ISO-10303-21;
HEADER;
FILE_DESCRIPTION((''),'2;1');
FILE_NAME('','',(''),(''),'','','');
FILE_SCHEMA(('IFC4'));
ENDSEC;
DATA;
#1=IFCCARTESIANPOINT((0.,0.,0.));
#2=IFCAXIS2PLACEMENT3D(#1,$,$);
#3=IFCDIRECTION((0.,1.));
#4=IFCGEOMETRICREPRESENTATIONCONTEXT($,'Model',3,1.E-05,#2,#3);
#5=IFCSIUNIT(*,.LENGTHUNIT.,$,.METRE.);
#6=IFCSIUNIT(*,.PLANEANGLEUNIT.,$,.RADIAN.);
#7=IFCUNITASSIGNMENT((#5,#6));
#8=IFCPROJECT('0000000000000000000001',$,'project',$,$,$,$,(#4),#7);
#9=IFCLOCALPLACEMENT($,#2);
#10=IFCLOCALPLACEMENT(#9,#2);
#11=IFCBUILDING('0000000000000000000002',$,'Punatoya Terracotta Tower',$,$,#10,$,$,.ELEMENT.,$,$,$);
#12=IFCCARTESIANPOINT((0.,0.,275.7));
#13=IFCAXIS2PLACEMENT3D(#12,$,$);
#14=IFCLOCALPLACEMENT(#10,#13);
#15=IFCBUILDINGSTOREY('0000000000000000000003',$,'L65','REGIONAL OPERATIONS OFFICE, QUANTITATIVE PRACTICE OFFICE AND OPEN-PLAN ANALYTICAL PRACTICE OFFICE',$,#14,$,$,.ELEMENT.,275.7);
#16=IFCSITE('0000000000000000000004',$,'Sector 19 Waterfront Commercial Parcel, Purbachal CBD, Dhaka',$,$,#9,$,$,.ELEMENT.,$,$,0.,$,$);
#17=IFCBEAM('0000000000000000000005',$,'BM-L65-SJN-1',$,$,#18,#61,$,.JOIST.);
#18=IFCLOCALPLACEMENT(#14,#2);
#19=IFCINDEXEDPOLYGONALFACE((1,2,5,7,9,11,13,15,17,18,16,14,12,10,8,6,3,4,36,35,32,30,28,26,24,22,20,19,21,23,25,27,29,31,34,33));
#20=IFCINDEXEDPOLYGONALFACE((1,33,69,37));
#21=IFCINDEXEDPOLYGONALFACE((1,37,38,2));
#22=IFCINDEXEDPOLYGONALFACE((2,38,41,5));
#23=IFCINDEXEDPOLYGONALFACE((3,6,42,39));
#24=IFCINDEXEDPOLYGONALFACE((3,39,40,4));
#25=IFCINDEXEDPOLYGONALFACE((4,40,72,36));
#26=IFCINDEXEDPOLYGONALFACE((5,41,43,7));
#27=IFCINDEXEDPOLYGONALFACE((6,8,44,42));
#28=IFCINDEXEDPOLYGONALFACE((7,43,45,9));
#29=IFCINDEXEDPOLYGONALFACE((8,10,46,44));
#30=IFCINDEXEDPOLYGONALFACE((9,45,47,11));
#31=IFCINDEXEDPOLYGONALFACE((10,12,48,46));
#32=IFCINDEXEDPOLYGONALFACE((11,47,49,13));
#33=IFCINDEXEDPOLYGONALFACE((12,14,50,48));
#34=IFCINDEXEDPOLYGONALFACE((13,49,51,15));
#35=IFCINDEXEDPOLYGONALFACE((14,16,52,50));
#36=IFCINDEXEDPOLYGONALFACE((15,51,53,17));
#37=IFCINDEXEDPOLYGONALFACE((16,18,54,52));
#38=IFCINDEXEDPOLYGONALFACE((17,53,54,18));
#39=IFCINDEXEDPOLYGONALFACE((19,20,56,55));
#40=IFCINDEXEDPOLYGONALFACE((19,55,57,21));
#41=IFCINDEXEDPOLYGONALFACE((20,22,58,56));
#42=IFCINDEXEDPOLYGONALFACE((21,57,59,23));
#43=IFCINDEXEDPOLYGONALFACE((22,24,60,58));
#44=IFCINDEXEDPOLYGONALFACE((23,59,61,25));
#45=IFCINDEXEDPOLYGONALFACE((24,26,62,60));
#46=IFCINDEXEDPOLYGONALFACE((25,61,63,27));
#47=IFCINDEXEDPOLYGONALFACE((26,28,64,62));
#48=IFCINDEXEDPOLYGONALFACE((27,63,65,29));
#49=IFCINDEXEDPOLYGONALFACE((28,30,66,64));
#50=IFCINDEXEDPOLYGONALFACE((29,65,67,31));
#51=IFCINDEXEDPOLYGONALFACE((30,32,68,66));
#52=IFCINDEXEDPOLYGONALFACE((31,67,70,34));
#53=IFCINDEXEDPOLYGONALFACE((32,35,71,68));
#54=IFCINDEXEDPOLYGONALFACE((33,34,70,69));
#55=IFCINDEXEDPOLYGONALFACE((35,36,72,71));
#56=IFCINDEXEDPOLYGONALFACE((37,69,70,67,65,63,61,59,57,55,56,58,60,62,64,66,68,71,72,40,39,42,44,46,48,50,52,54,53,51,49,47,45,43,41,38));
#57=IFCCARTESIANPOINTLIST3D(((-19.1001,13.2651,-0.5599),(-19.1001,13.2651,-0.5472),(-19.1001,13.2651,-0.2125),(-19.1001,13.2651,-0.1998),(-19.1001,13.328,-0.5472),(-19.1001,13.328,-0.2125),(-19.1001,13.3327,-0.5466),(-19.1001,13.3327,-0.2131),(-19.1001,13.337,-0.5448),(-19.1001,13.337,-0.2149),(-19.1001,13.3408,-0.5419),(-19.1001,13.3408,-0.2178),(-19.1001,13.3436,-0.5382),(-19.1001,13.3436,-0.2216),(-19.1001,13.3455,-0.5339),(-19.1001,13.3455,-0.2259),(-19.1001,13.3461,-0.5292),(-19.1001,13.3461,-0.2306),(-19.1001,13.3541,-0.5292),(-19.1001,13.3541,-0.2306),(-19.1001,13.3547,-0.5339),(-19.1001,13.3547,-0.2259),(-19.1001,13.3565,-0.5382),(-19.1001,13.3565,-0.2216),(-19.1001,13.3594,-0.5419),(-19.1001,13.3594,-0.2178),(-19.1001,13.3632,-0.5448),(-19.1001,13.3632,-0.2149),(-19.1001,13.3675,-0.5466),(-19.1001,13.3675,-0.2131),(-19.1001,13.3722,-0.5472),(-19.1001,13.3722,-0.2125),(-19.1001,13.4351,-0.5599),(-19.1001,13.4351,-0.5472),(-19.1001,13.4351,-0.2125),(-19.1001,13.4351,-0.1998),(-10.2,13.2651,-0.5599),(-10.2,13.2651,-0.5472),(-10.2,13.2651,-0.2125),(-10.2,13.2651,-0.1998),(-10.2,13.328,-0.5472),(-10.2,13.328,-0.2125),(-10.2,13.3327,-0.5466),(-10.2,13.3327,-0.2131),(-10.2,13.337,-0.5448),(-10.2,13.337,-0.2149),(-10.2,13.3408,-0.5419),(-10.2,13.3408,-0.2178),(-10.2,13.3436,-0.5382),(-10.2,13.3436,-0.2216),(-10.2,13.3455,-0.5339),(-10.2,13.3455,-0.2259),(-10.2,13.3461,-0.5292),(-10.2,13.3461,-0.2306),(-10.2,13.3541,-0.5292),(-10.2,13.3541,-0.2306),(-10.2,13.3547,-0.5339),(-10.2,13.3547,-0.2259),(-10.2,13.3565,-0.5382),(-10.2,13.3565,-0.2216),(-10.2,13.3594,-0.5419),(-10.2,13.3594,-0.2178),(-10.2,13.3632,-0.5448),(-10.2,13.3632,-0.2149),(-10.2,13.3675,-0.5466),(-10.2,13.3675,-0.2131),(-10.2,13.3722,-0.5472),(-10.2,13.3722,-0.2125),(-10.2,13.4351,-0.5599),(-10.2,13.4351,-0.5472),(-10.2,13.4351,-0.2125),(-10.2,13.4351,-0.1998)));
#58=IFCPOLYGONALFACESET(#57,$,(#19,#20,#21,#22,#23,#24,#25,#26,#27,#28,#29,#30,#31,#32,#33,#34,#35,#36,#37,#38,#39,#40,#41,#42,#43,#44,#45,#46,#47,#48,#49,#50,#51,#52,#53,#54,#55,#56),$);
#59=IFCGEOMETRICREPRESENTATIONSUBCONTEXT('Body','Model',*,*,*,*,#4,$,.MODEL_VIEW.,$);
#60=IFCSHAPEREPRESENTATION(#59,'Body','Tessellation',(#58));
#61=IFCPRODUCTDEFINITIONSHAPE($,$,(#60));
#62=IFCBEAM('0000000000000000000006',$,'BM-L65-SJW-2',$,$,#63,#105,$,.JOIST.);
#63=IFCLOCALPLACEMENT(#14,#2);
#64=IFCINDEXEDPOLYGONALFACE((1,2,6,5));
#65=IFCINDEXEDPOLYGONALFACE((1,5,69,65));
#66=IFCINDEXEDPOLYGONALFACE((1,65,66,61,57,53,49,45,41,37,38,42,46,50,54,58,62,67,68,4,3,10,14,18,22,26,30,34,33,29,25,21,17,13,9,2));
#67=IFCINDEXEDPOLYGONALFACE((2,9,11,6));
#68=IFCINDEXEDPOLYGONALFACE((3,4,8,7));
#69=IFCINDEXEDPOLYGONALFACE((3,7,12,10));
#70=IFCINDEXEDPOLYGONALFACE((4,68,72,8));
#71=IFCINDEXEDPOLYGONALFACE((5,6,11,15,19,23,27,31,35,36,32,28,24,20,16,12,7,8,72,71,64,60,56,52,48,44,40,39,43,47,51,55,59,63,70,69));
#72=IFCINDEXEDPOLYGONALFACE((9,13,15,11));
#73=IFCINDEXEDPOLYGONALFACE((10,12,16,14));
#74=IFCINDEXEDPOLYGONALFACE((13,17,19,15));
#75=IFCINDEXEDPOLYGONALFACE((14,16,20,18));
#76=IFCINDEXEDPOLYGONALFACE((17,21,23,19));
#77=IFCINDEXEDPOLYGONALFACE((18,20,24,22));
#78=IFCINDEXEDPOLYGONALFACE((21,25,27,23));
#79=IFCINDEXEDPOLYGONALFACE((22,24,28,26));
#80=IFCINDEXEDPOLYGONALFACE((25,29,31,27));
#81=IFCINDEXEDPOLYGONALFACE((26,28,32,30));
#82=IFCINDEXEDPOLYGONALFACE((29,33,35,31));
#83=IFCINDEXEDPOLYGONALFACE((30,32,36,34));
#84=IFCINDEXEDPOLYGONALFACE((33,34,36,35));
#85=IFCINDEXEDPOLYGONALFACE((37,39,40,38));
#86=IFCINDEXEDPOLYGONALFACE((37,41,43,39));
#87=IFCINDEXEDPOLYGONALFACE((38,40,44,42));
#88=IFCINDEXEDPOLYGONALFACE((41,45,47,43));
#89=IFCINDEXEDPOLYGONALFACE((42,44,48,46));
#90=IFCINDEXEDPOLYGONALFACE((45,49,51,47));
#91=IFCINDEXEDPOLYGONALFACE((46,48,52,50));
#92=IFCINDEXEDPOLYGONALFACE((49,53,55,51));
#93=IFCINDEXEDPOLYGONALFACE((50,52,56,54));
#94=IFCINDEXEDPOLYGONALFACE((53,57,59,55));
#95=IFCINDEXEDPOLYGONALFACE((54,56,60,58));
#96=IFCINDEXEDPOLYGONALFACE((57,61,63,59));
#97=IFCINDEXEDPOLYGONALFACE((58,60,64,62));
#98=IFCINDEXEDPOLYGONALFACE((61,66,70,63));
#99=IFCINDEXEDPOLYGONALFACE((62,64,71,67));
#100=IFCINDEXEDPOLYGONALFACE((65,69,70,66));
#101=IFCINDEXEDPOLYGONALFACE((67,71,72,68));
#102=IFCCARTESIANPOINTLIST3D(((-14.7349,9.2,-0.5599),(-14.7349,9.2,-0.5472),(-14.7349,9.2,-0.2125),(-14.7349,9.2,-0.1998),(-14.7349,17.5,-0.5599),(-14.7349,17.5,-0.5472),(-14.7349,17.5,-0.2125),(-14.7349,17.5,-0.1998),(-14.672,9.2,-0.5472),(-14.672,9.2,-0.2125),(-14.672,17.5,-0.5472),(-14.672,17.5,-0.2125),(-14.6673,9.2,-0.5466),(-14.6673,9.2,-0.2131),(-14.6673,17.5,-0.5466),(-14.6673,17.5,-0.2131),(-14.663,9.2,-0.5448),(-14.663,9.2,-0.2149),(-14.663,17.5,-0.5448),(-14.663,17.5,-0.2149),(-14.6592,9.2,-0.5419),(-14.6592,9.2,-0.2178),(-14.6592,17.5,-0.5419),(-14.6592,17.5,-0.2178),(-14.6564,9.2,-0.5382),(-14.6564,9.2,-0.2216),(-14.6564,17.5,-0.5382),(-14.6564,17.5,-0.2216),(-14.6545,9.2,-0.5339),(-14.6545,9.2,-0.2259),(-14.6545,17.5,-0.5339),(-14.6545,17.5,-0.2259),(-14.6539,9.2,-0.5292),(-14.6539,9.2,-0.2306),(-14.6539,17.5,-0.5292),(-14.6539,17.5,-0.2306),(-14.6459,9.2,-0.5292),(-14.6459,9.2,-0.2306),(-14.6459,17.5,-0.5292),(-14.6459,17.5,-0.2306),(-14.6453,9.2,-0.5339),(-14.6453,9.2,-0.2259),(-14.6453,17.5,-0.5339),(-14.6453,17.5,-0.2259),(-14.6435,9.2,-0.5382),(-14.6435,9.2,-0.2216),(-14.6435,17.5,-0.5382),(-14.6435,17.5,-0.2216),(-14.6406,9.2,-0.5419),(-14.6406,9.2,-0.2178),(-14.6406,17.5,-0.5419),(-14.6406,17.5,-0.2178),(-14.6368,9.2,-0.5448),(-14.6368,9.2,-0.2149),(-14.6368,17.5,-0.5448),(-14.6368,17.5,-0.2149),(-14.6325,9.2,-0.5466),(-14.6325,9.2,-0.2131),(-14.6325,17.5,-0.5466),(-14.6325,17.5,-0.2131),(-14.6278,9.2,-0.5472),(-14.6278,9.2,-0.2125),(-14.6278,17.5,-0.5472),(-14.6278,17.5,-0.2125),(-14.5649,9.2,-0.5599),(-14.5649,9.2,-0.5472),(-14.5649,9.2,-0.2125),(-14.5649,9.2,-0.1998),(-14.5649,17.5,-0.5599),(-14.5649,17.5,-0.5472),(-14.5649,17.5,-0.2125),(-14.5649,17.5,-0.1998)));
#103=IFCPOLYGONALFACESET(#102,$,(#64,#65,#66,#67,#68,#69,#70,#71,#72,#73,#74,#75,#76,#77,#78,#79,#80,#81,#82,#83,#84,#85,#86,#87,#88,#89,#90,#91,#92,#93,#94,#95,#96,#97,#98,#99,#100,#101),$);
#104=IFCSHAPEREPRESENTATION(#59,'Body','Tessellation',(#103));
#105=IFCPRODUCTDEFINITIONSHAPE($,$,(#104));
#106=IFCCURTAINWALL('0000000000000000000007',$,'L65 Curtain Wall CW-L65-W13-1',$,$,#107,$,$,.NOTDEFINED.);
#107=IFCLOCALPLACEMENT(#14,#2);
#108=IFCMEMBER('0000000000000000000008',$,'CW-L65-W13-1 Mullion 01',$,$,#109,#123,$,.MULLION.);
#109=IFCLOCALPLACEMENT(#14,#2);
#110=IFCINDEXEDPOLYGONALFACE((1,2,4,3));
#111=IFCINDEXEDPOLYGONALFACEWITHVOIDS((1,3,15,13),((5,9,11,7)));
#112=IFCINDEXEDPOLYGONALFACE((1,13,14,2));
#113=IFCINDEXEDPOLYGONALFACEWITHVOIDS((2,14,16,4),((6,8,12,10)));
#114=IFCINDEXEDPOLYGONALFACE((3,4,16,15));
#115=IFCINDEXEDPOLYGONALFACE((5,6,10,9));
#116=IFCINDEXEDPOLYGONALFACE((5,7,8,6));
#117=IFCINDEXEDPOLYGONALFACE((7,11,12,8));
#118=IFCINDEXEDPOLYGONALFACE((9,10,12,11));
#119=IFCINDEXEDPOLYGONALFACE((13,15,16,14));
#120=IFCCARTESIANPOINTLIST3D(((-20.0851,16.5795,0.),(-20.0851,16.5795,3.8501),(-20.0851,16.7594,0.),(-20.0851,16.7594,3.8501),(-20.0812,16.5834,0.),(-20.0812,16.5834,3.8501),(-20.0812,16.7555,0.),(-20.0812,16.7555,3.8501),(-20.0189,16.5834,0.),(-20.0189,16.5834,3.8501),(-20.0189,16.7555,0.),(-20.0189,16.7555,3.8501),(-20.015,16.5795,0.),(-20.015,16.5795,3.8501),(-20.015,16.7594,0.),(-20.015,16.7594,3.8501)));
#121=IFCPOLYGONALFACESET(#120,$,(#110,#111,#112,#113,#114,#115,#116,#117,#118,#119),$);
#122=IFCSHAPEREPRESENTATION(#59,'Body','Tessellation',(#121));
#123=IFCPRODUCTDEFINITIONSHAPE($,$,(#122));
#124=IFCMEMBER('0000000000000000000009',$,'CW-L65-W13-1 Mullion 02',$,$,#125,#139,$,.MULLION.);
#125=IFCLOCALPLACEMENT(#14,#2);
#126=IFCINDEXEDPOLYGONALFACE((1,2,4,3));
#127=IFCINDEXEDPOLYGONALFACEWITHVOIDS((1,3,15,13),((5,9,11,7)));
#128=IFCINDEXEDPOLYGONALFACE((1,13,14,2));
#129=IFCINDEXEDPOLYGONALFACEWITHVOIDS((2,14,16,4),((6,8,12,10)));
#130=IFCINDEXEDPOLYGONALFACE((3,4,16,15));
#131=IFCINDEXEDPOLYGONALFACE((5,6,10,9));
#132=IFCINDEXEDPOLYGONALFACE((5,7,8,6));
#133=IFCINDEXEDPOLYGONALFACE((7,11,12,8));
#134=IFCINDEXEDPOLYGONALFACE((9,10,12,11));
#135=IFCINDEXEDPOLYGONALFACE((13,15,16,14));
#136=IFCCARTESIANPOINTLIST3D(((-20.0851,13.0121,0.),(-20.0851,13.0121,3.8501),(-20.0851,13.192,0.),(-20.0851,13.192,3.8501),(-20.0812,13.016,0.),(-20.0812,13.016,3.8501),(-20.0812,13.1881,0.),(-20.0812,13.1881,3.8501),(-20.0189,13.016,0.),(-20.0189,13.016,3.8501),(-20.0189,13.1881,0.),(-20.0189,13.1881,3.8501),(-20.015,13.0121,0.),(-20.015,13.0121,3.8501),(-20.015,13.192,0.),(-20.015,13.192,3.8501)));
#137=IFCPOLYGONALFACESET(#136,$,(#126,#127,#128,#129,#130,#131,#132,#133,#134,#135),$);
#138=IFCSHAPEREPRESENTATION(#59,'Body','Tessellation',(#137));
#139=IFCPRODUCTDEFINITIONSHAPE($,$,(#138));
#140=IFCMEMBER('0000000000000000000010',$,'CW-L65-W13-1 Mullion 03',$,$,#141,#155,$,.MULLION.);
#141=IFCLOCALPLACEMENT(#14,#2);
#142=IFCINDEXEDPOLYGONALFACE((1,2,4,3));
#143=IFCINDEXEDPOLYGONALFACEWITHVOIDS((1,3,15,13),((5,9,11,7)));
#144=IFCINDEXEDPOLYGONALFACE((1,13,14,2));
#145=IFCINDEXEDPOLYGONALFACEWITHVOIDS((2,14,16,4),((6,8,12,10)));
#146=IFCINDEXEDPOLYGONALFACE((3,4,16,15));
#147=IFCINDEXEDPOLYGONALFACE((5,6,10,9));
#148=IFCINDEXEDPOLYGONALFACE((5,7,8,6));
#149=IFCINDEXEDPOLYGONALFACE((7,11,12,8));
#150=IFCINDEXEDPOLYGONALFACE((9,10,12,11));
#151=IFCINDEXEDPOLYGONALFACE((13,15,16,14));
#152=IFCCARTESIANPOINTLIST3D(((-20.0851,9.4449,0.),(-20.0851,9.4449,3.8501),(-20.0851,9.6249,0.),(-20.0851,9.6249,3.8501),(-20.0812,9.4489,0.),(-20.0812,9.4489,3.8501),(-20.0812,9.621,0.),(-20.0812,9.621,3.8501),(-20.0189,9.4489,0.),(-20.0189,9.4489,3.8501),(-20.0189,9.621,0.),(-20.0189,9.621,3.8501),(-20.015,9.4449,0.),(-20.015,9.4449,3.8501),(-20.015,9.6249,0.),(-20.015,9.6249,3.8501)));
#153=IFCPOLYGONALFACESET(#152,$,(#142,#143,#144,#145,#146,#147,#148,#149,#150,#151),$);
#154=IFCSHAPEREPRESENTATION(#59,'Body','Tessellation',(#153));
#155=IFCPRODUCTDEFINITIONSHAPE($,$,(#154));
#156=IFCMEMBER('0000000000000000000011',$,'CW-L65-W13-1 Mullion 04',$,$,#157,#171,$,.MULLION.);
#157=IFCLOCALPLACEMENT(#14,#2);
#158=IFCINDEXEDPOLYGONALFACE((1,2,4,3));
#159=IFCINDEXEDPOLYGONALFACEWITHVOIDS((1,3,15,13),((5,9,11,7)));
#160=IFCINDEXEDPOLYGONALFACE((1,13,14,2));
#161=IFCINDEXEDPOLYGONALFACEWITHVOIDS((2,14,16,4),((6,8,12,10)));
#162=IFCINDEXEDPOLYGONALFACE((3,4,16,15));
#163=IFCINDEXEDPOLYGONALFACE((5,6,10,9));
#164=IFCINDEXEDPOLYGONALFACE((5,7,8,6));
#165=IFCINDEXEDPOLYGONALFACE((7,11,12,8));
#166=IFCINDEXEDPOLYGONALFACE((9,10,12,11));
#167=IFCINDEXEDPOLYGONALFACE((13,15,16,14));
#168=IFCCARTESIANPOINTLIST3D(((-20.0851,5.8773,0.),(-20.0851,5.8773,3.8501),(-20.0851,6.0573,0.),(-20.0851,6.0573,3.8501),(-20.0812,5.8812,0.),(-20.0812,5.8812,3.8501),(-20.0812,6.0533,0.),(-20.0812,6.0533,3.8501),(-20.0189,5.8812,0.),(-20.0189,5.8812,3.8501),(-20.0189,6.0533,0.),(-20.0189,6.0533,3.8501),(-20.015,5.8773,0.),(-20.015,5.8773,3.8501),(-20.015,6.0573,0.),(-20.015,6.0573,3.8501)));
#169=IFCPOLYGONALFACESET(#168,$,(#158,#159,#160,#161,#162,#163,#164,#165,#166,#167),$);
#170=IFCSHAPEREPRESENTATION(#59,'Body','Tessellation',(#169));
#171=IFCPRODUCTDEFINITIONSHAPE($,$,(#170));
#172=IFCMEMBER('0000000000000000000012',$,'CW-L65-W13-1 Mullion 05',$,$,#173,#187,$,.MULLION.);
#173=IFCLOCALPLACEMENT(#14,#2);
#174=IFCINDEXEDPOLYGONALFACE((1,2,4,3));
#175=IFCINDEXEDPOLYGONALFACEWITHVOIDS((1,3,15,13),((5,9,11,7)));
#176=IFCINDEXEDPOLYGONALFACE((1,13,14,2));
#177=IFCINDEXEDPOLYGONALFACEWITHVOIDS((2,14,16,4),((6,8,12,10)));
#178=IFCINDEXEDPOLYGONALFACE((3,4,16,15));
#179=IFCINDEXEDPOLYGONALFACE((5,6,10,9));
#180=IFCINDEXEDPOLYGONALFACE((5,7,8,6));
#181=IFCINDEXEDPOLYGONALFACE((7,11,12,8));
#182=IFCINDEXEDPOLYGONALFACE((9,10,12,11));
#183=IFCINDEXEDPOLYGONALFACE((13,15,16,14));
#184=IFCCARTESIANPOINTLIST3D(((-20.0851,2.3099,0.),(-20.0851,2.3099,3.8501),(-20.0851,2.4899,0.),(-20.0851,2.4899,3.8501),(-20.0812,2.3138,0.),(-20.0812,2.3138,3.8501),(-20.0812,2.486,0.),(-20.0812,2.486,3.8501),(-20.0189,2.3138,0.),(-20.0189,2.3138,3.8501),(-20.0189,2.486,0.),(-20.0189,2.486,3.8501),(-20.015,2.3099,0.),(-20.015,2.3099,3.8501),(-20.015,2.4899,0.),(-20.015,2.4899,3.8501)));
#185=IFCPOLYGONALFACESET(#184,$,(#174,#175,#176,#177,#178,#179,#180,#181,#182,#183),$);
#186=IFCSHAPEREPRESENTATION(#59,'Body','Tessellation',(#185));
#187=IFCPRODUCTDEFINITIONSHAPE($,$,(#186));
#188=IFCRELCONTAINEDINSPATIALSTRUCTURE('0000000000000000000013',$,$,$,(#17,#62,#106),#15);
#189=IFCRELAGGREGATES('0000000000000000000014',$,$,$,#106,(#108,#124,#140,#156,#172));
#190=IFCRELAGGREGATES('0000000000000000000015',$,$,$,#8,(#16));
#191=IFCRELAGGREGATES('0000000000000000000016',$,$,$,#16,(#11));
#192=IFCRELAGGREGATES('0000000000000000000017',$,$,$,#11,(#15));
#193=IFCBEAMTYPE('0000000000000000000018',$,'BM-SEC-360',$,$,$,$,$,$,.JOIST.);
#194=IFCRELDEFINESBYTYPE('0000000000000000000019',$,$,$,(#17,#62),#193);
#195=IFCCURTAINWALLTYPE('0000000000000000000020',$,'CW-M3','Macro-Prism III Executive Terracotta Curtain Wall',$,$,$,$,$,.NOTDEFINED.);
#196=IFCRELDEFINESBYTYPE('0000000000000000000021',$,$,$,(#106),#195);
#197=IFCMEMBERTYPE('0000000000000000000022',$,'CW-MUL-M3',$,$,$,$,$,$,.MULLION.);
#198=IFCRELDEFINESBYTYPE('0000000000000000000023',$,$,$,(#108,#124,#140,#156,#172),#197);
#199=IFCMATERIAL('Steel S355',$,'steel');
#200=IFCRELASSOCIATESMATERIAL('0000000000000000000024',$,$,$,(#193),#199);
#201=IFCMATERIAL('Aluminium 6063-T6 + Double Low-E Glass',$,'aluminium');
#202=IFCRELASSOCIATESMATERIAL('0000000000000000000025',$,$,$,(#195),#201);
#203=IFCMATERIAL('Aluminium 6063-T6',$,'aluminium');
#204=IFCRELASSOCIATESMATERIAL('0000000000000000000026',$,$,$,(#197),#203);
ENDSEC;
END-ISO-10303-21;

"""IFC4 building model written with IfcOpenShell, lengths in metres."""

from ifc_helpers import new_model, si_unit, direction, frame, origin, origin_2d, place, context, subcontext, project, spatial, hollow_rectangle, i_section, extrude, material, material_profile, profile_set, type_object, element, aggregate, save


model = new_model("IFC4")

# Units and contexts
model_context = context("Model", 3, precision=1e-05, world=origin(), true_north=direction((0.0, 1.0)))
body_context = subcontext(model_context, "Body", "Model", "MODEL_VIEW")
ifc_project = project(units=[si_unit("LENGTHUNIT", "METRE"), si_unit("PLANEANGLEUNIT", "RADIAN")], contexts=[model_context])

# Site, building, storey
site_placement = place(None, origin())
site = spatial("IfcSite", under=ifc_project, at=site_placement, Name="Sector 19 Waterfront Commercial Parcel, Purbachal CBD, Dhaka", CompositionType="ELEMENT", RefElevation=0.0)
building_placement = place(site_placement, origin())
building = spatial("IfcBuilding", under=site, at=building_placement, Name="Punatoya Terracotta Tower", CompositionType="ELEMENT")
storey_placement = place(building_placement, frame((0.0, 0.0, 275.7)))
storey = spatial("IfcBuildingStorey", under=building, at=storey_placement, Name="L65", Description="REGIONAL OPERATIONS OFFICE, QUANTITATIVE PRACTICE OFFICE AND OPEN-PLAN ANALYTICAL PRACTICE OFFICE", CompositionType="ELEMENT", Elevation=275.7)

# Beams
ifc_material_1 = material(Name="Steel S355", Category="steel")
ifc_material_profile_1 = material_profile(ifc_material_1, i_section(OverallWidth=0.1699, OverallDepth=0.3601, WebThickness=0.0081, FlangeThickness=0.0127, FilletRadius=0.0181, at=origin_2d()))
ifc_profile_set_1 = profile_set([ifc_material_profile_1], Name="Steel S355")
beam_type_1 = type_object("IfcBeamType", Name="BM-SEC-360", PredefinedType="JOIST", material=ifc_profile_set_1)
beam_1_placement = place(storey_placement, frame((-19.1001, 13.3501, -0.3799), z_axis=(1.0, 0.0, 0.0), x_axis=(0.0, 1.0, 0.0)))
element("IfcBeam", 1, at=beam_1_placement, inside=storey, type_object=beam_type_1, Name="BM-L65-SJN-1", PredefinedType="JOIST", context=body_context, shape_type="SweptSolid", body=[
    extrude(i_section(OverallWidth=0.1699, OverallDepth=0.3601, WebThickness=0.0081, FlangeThickness=0.0127, FilletRadius=0.0181, at=origin_2d()), origin(), (0.0, 0.0, 1.0), 8.9001),
])
beam_2_placement = place(storey_placement, frame((-14.6499, 9.2, -0.3799), z_axis=(0.0, 1.0, 0.0), x_axis=(-1.0, 0.0, 0.0)))
element("IfcBeam", 2, at=beam_2_placement, inside=storey, type_object=beam_type_1, Name="BM-L65-SJW-2", PredefinedType="JOIST", context=body_context, shape_type="SweptSolid", body=[
    extrude(i_section(OverallWidth=0.1699, OverallDepth=0.3601, WebThickness=0.0081, FlangeThickness=0.0127, FilletRadius=0.0181, at=origin_2d()), origin(), (0.0, 0.0, 1.0), 8.3),
])

# Curtain wall, members
ifc_material_2 = material(Name="Aluminium 6063-T6 + Double Low-E Glass", Category="aluminium")
curtain_wall_type = type_object("IfcCurtainWallType", Name="CW-M3", Description="Macro-Prism III Executive Terracotta Curtain Wall", PredefinedType="NOTDEFINED", material=ifc_material_2)
curtain_wall_placement = place(storey_placement, origin())
curtain_wall = element("IfcCurtainWall", 3, at=curtain_wall_placement, inside=storey, type_object=curtain_wall_type, Name="L65 Curtain Wall CW-L65-W13-1", PredefinedType="NOTDEFINED")
ifc_material_3 = material(Name="Aluminium 6063-T6", Category="aluminium")
ifc_material_profile_2 = material_profile(ifc_material_3, hollow_rectangle(XDim=0.0701, YDim=0.1799, WallThickness=0.0039, at=origin_2d()))
ifc_profile_set_2 = profile_set([ifc_material_profile_2], Name="Aluminium 6063-T6")
member_type = type_object("IfcMemberType", Name="CW-MUL-M3", PredefinedType="MULLION", material=ifc_profile_set_2)
member_1_placement = place(storey_placement, frame((-20.05, 16.6694, 0.0), z_axis=(0.0, 0.0, 1.0), x_axis=(1.0, 0.0, 0.0)))
member_1 = element("IfcMember", 4, at=member_1_placement, type_object=member_type, Name="CW-L65-W13-1 Mullion 01", PredefinedType="MULLION", context=body_context, shape_type="SweptSolid", body=[
    extrude(hollow_rectangle(XDim=0.0701, YDim=0.1799, WallThickness=0.0039, at=origin_2d()), origin(), (0.0, 0.0, 1.0), 3.8501),
])
member_2_placement = place(storey_placement, frame((-20.05, 13.1021, 0.0), z_axis=(0.0, 0.0, 1.0), x_axis=(1.0, 0.0, 0.0)))
member_2 = element("IfcMember", 5, at=member_2_placement, type_object=member_type, Name="CW-L65-W13-1 Mullion 02", PredefinedType="MULLION", context=body_context, shape_type="SweptSolid", body=[
    extrude(hollow_rectangle(XDim=0.0701, YDim=0.1799, WallThickness=0.0039, at=origin_2d()), origin(), (0.0, 0.0, 1.0), 3.8501),
])
member_3_placement = place(storey_placement, frame((-20.05, 9.5349, 0.0), z_axis=(0.0, 0.0, 1.0), x_axis=(1.0, 0.0, 0.0)))
member_3 = element("IfcMember", 6, at=member_3_placement, type_object=member_type, Name="CW-L65-W13-1 Mullion 03", PredefinedType="MULLION", context=body_context, shape_type="SweptSolid", body=[
    extrude(hollow_rectangle(XDim=0.0701, YDim=0.1799, WallThickness=0.0039, at=origin_2d()), origin(), (0.0, 0.0, 1.0), 3.8501),
])
member_4_placement = place(storey_placement, frame((-20.05, 5.9673, 0.0), z_axis=(0.0, 0.0, 1.0), x_axis=(1.0, 0.0, 0.0)))
member_4 = element("IfcMember", 7, at=member_4_placement, type_object=member_type, Name="CW-L65-W13-1 Mullion 04", PredefinedType="MULLION", context=body_context, shape_type="SweptSolid", body=[
    extrude(hollow_rectangle(XDim=0.0701, YDim=0.1799, WallThickness=0.0039, at=origin_2d()), origin(), (0.0, 0.0, 1.0), 3.8501),
])
member_5_placement = place(storey_placement, frame((-20.05, 2.3999, 0.0), z_axis=(0.0, 0.0, 1.0), x_axis=(1.0, 0.0, 0.0)))
member_5 = element("IfcMember", 8, at=member_5_placement, type_object=member_type, Name="CW-L65-W13-1 Mullion 05", PredefinedType="MULLION", context=body_context, shape_type="SweptSolid", body=[
    extrude(hollow_rectangle(XDim=0.0701, YDim=0.1799, WallThickness=0.0039, at=origin_2d()), origin(), (0.0, 0.0, 1.0), 3.8501),
])
aggregate(curtain_wall, [member_1, member_2, member_3, member_4, member_5])

save(model, "model.ifc")
